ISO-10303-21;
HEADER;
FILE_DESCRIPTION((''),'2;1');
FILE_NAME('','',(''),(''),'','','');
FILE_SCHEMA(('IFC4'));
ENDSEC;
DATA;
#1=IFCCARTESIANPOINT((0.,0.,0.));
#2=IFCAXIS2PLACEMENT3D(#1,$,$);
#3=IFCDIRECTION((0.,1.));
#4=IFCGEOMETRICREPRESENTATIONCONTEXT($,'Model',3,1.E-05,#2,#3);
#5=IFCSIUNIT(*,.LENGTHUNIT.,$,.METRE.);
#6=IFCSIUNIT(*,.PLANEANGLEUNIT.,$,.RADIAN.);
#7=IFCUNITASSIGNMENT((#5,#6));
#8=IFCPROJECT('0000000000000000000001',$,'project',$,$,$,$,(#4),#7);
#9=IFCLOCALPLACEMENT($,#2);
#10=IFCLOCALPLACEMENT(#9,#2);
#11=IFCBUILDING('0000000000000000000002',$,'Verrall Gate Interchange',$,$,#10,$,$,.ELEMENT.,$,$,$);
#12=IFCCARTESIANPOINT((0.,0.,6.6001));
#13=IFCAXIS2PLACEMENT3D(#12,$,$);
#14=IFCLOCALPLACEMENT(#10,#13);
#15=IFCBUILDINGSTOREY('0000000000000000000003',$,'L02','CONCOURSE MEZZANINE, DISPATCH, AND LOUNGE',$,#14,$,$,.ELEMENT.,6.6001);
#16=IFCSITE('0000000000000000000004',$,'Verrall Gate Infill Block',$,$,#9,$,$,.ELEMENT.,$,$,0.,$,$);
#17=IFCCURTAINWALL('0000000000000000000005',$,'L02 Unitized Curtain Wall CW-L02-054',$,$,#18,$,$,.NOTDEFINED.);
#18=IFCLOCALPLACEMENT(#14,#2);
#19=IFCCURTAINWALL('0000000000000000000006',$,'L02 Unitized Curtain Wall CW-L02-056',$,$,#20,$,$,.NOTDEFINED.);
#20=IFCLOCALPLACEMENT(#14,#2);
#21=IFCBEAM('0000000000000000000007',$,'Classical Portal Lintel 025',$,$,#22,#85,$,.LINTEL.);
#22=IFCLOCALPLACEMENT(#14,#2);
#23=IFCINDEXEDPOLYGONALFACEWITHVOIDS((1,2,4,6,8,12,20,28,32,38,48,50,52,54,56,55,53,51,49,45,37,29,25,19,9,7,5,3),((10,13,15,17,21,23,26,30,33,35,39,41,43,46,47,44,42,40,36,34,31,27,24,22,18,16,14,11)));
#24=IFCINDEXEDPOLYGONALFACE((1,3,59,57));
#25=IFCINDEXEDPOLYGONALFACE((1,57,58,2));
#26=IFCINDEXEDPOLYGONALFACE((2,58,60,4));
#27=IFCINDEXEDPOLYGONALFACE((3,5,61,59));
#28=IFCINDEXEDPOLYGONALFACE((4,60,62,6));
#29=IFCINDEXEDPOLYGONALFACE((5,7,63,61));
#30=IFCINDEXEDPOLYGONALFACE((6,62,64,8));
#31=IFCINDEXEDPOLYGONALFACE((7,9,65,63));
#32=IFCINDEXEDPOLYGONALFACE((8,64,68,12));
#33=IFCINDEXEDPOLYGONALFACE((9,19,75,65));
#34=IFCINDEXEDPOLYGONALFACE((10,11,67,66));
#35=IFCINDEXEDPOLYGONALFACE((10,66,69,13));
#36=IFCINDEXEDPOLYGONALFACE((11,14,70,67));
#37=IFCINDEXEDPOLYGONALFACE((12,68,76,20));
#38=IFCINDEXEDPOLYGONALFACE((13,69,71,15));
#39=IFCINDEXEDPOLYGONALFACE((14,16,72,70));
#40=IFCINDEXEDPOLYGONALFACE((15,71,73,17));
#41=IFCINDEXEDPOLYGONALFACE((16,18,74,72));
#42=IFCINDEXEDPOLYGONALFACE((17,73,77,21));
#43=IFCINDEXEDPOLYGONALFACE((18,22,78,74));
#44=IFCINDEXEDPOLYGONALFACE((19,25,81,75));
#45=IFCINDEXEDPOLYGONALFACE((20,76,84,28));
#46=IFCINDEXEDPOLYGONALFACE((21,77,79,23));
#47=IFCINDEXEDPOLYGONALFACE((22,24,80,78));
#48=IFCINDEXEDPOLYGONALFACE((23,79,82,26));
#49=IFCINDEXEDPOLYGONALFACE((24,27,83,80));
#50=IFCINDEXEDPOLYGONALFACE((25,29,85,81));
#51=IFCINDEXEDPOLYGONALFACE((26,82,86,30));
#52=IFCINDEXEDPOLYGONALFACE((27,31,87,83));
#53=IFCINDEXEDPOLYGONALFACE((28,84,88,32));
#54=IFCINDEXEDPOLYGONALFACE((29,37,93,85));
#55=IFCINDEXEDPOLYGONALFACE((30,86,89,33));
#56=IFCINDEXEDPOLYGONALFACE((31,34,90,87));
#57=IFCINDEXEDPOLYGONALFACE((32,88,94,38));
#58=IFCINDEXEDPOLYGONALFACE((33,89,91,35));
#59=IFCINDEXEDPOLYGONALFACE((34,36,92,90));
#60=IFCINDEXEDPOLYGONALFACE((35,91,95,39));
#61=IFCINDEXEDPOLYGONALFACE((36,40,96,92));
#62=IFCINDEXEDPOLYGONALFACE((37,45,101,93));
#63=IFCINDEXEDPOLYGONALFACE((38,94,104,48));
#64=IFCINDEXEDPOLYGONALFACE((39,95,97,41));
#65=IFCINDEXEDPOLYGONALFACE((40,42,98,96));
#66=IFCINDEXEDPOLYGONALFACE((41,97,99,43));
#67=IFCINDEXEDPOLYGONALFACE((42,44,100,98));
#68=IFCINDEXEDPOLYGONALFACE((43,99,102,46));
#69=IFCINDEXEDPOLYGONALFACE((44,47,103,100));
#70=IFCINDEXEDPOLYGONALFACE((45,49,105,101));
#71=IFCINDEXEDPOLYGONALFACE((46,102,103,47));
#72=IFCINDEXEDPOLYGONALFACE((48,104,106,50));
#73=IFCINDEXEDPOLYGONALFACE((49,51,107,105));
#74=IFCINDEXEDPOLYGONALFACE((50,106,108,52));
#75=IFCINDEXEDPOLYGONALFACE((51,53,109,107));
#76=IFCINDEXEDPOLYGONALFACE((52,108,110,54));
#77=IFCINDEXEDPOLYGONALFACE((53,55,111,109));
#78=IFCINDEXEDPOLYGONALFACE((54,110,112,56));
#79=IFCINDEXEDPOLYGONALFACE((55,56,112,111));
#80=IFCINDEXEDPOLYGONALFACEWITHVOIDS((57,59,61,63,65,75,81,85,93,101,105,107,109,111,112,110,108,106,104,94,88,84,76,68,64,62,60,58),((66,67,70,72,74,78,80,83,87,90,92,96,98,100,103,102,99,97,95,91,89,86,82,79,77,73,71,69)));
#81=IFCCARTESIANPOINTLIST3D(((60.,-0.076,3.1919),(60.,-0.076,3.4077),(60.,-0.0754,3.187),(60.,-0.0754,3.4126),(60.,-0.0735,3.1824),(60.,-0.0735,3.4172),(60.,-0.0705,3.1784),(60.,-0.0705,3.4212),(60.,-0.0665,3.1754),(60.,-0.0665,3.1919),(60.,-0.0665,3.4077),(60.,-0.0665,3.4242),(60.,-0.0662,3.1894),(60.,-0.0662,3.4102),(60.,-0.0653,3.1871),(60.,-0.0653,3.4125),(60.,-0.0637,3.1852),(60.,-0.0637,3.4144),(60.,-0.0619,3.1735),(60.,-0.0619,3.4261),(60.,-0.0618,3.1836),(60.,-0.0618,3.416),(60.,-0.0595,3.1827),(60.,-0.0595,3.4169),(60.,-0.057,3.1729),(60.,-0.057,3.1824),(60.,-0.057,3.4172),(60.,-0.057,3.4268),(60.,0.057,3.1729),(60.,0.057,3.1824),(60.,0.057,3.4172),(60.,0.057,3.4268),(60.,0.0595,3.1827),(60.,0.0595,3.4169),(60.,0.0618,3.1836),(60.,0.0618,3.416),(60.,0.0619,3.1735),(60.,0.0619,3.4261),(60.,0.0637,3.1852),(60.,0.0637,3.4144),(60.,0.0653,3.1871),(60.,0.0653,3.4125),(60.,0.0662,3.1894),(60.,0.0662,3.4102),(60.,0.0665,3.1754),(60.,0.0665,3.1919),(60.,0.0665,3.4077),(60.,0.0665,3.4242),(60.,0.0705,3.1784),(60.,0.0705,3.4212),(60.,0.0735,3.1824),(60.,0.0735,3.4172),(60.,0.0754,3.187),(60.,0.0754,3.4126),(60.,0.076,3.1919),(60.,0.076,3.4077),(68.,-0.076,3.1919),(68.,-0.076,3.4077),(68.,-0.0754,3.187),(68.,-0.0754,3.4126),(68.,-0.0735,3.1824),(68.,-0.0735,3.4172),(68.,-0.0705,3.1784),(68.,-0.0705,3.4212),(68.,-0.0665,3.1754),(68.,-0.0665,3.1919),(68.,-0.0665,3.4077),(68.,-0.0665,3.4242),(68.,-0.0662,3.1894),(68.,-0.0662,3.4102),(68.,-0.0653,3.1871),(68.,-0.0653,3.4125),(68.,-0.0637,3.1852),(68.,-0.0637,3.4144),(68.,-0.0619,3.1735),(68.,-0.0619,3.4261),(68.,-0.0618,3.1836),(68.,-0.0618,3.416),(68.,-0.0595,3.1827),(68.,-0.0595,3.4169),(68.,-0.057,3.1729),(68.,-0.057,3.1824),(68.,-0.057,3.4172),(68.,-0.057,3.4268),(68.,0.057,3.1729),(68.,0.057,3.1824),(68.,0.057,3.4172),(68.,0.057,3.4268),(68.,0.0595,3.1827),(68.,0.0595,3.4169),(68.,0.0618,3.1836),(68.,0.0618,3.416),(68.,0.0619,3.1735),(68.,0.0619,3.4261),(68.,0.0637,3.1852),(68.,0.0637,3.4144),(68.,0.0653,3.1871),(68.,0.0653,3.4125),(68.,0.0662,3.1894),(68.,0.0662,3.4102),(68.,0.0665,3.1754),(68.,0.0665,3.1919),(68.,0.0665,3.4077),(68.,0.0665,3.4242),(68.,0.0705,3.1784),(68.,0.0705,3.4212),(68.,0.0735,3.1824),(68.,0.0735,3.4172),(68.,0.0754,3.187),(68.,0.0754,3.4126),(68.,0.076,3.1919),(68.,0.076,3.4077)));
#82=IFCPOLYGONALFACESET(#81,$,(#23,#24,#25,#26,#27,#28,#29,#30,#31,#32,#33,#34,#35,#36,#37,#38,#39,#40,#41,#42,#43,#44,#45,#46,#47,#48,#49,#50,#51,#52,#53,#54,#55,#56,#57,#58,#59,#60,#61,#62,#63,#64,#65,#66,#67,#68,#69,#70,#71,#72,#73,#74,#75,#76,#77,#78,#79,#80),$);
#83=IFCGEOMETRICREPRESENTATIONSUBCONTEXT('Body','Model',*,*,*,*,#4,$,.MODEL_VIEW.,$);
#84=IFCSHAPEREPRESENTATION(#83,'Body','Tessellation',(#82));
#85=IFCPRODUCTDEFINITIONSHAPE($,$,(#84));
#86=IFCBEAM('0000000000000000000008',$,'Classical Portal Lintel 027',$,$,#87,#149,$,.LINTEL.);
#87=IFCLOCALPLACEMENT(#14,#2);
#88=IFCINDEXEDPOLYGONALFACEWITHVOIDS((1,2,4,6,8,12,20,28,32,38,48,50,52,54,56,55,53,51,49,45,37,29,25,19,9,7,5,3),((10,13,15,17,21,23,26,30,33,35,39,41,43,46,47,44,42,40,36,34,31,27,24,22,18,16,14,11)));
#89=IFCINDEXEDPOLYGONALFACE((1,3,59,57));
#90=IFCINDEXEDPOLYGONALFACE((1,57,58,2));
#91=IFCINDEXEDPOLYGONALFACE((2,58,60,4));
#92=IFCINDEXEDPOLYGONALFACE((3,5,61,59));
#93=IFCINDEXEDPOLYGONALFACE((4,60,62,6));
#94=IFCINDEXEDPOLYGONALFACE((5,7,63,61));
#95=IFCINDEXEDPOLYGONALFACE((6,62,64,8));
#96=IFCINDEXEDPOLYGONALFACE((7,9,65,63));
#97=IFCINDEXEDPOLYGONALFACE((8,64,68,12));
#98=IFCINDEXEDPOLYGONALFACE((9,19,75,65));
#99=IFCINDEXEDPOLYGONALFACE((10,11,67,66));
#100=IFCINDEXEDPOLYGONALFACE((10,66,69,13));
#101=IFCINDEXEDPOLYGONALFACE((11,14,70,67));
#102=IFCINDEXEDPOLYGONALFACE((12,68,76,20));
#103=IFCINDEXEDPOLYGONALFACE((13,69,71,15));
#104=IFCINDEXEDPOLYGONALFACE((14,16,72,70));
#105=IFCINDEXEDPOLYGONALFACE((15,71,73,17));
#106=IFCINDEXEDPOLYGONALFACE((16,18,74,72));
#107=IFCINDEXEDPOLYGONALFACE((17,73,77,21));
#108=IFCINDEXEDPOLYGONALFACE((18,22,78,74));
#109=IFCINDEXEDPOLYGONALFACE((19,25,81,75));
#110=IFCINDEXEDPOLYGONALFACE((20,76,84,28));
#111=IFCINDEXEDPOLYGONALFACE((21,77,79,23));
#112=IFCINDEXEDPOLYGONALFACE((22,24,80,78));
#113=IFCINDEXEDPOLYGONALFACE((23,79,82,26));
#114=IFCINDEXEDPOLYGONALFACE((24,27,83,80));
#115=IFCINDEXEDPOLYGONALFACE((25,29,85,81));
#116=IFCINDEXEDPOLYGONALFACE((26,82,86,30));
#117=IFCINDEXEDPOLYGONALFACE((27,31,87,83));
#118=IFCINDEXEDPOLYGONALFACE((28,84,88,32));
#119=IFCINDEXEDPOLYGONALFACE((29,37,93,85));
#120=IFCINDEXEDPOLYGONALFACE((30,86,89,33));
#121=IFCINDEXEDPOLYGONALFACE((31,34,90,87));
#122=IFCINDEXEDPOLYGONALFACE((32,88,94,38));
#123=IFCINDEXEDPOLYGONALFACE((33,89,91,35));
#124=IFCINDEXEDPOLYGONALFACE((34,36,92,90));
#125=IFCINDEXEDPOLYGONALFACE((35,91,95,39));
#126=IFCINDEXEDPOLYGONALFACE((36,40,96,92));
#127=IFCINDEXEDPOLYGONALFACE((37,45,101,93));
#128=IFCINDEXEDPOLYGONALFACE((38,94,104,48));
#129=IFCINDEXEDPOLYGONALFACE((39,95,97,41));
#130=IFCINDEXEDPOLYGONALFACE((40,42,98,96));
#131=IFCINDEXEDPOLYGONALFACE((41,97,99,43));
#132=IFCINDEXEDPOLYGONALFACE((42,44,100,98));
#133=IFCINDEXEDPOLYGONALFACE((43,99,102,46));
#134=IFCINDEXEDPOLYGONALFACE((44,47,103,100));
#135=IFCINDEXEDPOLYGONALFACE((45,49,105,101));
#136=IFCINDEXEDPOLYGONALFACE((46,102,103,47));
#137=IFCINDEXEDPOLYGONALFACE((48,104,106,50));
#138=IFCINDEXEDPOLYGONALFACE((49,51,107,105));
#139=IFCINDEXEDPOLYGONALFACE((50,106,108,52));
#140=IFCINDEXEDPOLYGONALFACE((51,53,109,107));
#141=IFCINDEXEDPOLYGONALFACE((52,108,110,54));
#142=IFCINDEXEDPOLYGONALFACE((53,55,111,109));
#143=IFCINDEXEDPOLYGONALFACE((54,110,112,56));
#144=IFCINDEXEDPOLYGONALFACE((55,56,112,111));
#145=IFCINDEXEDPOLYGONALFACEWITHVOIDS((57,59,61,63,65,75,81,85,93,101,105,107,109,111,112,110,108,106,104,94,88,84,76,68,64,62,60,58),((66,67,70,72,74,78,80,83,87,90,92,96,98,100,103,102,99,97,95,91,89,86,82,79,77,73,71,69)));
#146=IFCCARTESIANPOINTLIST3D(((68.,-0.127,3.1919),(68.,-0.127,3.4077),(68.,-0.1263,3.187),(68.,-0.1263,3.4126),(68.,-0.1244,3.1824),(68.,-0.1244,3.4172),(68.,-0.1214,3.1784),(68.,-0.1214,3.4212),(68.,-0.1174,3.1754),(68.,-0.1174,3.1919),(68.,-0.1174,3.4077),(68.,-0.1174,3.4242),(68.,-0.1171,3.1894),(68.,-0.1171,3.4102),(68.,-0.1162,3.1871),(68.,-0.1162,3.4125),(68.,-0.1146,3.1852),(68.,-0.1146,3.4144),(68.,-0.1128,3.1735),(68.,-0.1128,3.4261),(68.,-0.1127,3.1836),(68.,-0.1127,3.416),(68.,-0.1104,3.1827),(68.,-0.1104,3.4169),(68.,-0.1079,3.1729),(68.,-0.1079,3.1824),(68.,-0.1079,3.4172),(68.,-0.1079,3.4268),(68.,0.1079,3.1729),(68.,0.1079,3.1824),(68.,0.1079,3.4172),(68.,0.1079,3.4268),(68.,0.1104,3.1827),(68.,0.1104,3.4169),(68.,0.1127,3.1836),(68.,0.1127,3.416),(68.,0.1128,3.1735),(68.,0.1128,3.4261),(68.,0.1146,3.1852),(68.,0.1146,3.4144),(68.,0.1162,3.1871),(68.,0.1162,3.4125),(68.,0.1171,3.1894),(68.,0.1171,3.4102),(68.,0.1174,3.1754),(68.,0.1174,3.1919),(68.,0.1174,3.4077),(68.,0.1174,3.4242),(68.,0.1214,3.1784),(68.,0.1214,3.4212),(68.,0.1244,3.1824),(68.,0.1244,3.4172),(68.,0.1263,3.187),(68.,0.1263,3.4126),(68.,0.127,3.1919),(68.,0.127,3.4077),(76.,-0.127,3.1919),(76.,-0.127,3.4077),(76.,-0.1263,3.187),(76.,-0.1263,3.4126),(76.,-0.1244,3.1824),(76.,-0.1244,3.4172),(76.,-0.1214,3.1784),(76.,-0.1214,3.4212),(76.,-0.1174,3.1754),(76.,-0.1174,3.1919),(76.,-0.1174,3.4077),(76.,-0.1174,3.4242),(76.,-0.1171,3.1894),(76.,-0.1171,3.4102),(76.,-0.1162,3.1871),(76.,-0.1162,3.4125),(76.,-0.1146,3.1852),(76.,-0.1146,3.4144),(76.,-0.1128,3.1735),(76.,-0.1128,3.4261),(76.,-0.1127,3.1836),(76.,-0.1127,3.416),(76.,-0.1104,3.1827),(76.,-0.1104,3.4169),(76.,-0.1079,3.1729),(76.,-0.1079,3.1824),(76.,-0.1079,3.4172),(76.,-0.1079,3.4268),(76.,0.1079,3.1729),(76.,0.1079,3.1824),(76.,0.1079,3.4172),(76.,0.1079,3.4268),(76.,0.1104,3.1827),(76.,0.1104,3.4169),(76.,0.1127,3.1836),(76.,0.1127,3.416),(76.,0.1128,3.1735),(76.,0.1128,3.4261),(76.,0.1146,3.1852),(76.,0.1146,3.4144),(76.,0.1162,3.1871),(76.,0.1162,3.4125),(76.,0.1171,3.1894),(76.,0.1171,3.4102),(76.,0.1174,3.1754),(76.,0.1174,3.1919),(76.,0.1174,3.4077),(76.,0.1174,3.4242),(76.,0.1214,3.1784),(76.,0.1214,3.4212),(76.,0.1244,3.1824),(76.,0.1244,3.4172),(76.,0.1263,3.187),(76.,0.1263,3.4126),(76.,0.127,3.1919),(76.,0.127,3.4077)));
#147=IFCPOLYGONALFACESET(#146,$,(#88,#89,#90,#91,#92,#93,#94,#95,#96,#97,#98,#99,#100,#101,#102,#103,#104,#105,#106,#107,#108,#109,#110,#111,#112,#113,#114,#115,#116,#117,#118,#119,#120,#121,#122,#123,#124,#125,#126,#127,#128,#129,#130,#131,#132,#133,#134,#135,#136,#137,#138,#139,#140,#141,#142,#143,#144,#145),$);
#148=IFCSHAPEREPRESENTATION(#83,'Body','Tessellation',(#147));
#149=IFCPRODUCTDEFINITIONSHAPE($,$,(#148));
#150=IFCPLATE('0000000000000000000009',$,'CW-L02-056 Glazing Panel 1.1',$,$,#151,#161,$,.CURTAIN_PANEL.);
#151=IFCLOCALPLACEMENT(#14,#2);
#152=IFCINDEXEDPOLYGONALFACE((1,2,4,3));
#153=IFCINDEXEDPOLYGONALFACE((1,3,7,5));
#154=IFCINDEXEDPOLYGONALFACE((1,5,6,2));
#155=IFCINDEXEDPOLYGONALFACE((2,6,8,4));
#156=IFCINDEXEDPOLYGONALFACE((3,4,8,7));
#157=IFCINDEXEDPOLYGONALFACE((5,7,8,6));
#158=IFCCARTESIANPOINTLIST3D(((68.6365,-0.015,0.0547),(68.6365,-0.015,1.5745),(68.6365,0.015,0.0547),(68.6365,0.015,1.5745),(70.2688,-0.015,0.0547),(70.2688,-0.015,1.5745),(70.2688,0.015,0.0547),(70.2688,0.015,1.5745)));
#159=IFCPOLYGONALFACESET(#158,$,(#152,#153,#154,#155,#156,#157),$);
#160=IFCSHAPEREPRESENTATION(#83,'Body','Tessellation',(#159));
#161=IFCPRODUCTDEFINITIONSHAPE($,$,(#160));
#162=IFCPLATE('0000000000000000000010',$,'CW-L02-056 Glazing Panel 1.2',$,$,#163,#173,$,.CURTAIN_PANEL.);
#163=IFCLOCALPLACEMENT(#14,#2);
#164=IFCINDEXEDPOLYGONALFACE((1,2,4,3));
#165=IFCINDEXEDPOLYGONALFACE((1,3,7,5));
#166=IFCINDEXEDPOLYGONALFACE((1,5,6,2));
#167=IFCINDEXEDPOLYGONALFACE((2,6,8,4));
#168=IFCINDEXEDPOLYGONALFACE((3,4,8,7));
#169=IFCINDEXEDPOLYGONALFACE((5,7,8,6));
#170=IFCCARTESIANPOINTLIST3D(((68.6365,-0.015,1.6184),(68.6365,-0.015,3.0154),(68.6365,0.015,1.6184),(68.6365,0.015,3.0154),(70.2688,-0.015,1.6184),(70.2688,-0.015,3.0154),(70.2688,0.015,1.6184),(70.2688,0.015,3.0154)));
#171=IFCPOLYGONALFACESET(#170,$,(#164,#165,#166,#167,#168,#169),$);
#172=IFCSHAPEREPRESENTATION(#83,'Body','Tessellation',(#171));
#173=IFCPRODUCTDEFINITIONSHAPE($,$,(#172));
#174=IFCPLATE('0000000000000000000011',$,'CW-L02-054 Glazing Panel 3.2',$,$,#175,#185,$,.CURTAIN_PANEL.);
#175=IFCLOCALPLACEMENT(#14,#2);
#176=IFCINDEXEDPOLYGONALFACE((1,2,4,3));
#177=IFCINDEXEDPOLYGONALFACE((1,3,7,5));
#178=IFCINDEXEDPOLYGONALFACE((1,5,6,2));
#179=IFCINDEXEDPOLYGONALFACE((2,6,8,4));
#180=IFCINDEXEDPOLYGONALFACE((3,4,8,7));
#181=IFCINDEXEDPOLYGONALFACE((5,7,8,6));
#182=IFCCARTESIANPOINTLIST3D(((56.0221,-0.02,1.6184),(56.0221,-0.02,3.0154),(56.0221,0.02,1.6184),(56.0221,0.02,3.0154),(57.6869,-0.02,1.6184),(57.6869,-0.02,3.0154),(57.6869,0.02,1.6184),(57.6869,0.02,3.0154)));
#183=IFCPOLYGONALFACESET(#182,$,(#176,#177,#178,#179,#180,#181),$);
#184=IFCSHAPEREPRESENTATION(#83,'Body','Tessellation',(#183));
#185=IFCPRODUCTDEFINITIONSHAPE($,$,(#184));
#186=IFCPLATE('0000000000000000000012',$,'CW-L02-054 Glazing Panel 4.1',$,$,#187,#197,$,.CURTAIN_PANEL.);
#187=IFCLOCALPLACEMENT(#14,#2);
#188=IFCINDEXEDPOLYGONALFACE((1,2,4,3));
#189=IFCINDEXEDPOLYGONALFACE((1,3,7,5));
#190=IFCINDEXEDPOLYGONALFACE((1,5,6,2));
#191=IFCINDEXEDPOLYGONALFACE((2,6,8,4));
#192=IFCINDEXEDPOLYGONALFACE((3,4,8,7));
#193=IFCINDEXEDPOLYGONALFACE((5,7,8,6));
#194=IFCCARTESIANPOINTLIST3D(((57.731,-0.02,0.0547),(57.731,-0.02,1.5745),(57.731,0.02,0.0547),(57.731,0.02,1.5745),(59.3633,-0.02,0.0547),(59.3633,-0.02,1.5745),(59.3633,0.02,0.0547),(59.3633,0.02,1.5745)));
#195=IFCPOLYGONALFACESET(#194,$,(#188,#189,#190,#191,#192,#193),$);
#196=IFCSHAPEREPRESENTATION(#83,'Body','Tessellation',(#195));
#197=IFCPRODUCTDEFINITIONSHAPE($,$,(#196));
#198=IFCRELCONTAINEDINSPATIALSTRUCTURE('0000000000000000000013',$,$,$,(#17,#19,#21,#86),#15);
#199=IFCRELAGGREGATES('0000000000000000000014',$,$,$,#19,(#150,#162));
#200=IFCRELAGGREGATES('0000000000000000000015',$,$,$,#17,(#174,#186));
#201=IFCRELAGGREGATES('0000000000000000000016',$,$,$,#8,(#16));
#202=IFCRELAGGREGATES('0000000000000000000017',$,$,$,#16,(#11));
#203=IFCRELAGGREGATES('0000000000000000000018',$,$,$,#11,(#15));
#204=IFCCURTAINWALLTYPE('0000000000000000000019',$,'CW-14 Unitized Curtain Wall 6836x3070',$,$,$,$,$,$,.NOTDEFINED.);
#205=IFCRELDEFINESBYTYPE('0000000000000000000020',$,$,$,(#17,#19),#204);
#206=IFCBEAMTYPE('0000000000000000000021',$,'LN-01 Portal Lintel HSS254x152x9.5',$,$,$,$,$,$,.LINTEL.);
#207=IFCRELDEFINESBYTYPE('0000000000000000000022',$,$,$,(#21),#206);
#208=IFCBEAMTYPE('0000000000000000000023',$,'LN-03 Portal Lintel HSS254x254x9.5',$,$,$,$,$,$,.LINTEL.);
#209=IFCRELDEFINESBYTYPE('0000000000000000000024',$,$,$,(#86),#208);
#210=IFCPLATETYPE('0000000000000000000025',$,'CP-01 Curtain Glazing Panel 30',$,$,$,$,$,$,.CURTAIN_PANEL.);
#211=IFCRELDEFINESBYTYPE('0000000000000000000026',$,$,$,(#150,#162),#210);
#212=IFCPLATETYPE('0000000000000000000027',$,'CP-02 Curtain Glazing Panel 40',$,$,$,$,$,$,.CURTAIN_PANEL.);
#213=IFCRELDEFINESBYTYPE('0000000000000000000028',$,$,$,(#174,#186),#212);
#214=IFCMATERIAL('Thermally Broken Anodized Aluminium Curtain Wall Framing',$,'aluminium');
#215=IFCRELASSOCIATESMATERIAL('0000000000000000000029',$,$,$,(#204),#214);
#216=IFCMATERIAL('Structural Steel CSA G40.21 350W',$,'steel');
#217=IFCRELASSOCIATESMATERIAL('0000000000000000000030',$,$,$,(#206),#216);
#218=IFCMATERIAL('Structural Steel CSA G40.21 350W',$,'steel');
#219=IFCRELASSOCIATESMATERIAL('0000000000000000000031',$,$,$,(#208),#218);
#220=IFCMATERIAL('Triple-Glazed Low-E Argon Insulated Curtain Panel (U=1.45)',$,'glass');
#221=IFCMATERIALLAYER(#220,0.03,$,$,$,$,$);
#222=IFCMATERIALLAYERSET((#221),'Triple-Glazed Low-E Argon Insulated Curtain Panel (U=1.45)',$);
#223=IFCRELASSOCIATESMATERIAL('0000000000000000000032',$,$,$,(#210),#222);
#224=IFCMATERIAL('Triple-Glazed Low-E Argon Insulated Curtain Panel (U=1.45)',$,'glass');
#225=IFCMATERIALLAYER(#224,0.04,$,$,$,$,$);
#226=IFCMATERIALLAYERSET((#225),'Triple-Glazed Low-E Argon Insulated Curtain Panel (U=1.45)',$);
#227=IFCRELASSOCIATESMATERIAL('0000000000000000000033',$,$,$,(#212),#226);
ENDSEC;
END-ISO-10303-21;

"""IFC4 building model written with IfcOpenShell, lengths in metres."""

from ifc_helpers import new_model, si_unit, direction, frame, origin, origin_2d, place, context, subcontext, project, spatial, rectangle, hollow_rectangle, extrude, material, layer, layer_set, material_profile, profile_set, type_object, element, aggregate, save


model = new_model("IFC4")

# Units and contexts
model_context = context("Model", 3, precision=1e-05, world=origin(), true_north=direction((0.0, 1.0)))
body_context = subcontext(model_context, "Body", "Model", "MODEL_VIEW")
ifc_project = project(units=[si_unit("LENGTHUNIT", "METRE"), si_unit("PLANEANGLEUNIT", "RADIAN")], contexts=[model_context])

# Site, building, storey
site_placement = place(None, origin())
site = spatial("IfcSite", under=ifc_project, at=site_placement, Name="Verrall Gate Infill Block", CompositionType="ELEMENT", RefElevation=0.0)
building_placement = place(site_placement, origin())
building = spatial("IfcBuilding", under=site, at=building_placement, Name="Verrall Gate Interchange", CompositionType="ELEMENT")
storey_placement = place(building_placement, frame((0.0, 0.0, 6.6001)))
storey = spatial("IfcBuildingStorey", under=building, at=storey_placement, Name="L02", Description="CONCOURSE MEZZANINE, DISPATCH, AND LOUNGE", CompositionType="ELEMENT", Elevation=6.6001)

# Curtain walls
ifc_material_1 = material(Name="Thermally Broken Anodized Aluminium Curtain Wall Framing", Category="aluminium")
curtain_wall_type = type_object("IfcCurtainWallType", Name="CW-14 Unitized Curtain Wall 6836x3070", PredefinedType="NOTDEFINED", material=ifc_material_1)
curtain_wall_1_placement = place(storey_placement, origin())
curtain_wall_1 = element("IfcCurtainWall", 1, at=curtain_wall_1_placement, inside=storey, type_object=curtain_wall_type, Name="L02 Unitized Curtain Wall CW-L02-054", PredefinedType="NOTDEFINED")
curtain_wall_2_placement = place(storey_placement, origin())
curtain_wall_2 = element("IfcCurtainWall", 2, at=curtain_wall_2_placement, inside=storey, type_object=curtain_wall_type, Name="L02 Unitized Curtain Wall CW-L02-056", PredefinedType="NOTDEFINED")

# Beams
ifc_material_2 = material(Name="Structural Steel CSA G40.21 350W", Category="steel")
ifc_material_profile_1 = material_profile(ifc_material_2, hollow_rectangle(XDim=0.1521, YDim=0.2539, WallThickness=0.0095, InnerFilletRadius=0.0095, OuterFilletRadius=0.019, at=origin_2d()), Name="HSS254x152x9.5")
ifc_profile_set_1 = profile_set([ifc_material_profile_1], Name="Structural Steel CSA G40.21 350W")
beam_type_1 = type_object("IfcBeamType", Name="LN-01 Portal Lintel HSS254x152x9.5", PredefinedType="LINTEL", material=ifc_profile_set_1)
beam_1_placement = place(storey_placement, frame((60.0, 0.0, 3.2998), z_axis=(1.0, 0.0, 0.0), x_axis=(0.0, 1.0, 0.0)))
element("IfcBeam", 3, at=beam_1_placement, inside=storey, type_object=beam_type_1, Name="Classical Portal Lintel 025", PredefinedType="LINTEL", context=body_context, shape_type="SweptSolid", body=[
    extrude(hollow_rectangle(XDim=0.1521, YDim=0.2539, WallThickness=0.0095, InnerFilletRadius=0.0095, OuterFilletRadius=0.019, at=origin_2d()), origin(), (0.0, 0.0, 1.0), 8.0),
])
ifc_material_3 = material(Name="Structural Steel CSA G40.21 350W", Category="steel")
ifc_material_profile_2 = material_profile(ifc_material_3, hollow_rectangle(XDim=0.2539, YDim=0.2539, WallThickness=0.0095, InnerFilletRadius=0.0095, OuterFilletRadius=0.019, at=origin_2d()), Name="HSS254x254x9.5")
ifc_profile_set_2 = profile_set([ifc_material_profile_2], Name="Structural Steel CSA G40.21 350W")
beam_type_2 = type_object("IfcBeamType", Name="LN-03 Portal Lintel HSS254x254x9.5", PredefinedType="LINTEL", material=ifc_profile_set_2)
beam_2_placement = place(storey_placement, frame((68.0, 0.0, 3.2998), z_axis=(1.0, 0.0, 0.0), x_axis=(0.0, 1.0, 0.0)))
element("IfcBeam", 4, at=beam_2_placement, inside=storey, type_object=beam_type_2, Name="Classical Portal Lintel 027", PredefinedType="LINTEL", context=body_context, shape_type="SweptSolid", body=[
    extrude(hollow_rectangle(XDim=0.2539, YDim=0.2539, WallThickness=0.0095, InnerFilletRadius=0.0095, OuterFilletRadius=0.019, at=origin_2d()), origin(), (0.0, 0.0, 1.0), 8.0),
])

# Plates
ifc_material_4 = material(Name="Triple-Glazed Low-E Argon Insulated Curtain Panel (U=1.45)", Category="glass")
ifc_layer_1 = layer(ifc_material_4, 0.03)
ifc_layer_set_1 = layer_set([ifc_layer_1], Name="Triple-Glazed Low-E Argon Insulated Curtain Panel (U=1.45)")
plate_type_1 = type_object("IfcPlateType", Name="CP-01 Curtain Glazing Panel 30", PredefinedType="CURTAIN_PANEL", material=ifc_layer_set_1)
plate_1_placement = place(storey_placement, frame((69.4526, 0.0, 0.0547), z_axis=(0.0, 0.0, 1.0), x_axis=(1.0, 0.0, 0.0)))
plate_1 = element("IfcPlate", 5, at=plate_1_placement, type_object=plate_type_1, Name="CW-L02-056 Glazing Panel 1.1", PredefinedType="CURTAIN_PANEL", context=body_context, shape_type="SweptSolid", body=[
    extrude(rectangle(XDim=1.6323, YDim=0.03, at=origin_2d()), origin(), (0.0, 0.0, 1.0), 1.5198),
])
plate_2_placement = place(storey_placement, frame((69.4526, 0.0, 1.6184), z_axis=(0.0, 0.0, 1.0), x_axis=(1.0, 0.0, 0.0)))
plate_2 = element("IfcPlate", 6, at=plate_2_placement, type_object=plate_type_1, Name="CW-L02-056 Glazing Panel 1.2", PredefinedType="CURTAIN_PANEL", context=body_context, shape_type="SweptSolid", body=[
    extrude(rectangle(XDim=1.6323, YDim=0.03, at=origin_2d()), origin(), (0.0, 0.0, 1.0), 1.397),
])
aggregate(curtain_wall_2, [plate_1, plate_2])
ifc_material_5 = material(Name="Triple-Glazed Low-E Argon Insulated Curtain Panel (U=1.45)", Category="glass")
ifc_layer_2 = layer(ifc_material_5, 0.04)
ifc_layer_set_2 = layer_set([ifc_layer_2], Name="Triple-Glazed Low-E Argon Insulated Curtain Panel (U=1.45)")
plate_type_2 = type_object("IfcPlateType", Name="CP-02 Curtain Glazing Panel 40", PredefinedType="CURTAIN_PANEL", material=ifc_layer_set_2)
plate_3_placement = place(storey_placement, frame((56.8545, 0.0, 1.6184), z_axis=(0.0, 0.0, 1.0), x_axis=(1.0, 0.0, 0.0)))
plate_3 = element("IfcPlate", 7, at=plate_3_placement, type_object=plate_type_2, Name="CW-L02-054 Glazing Panel 3.2", PredefinedType="CURTAIN_PANEL", context=body_context, shape_type="SweptSolid", body=[
    extrude(rectangle(XDim=1.6648, YDim=0.04, at=origin_2d()), origin(), (0.0, 0.0, 1.0), 1.397),
])
plate_4_placement = place(storey_placement, frame((58.5471, 0.0, 0.0547), z_axis=(0.0, 0.0, 1.0), x_axis=(1.0, 0.0, 0.0)))
plate_4 = element("IfcPlate", 8, at=plate_4_placement, type_object=plate_type_2, Name="CW-L02-054 Glazing Panel 4.1", PredefinedType="CURTAIN_PANEL", context=body_context, shape_type="SweptSolid", body=[
    extrude(rectangle(XDim=1.6323, YDim=0.04, at=origin_2d()), origin(), (0.0, 0.0, 1.0), 1.5198),
])
aggregate(curtain_wall_1, [plate_3, plate_4])

save(model, "model.ifc")
